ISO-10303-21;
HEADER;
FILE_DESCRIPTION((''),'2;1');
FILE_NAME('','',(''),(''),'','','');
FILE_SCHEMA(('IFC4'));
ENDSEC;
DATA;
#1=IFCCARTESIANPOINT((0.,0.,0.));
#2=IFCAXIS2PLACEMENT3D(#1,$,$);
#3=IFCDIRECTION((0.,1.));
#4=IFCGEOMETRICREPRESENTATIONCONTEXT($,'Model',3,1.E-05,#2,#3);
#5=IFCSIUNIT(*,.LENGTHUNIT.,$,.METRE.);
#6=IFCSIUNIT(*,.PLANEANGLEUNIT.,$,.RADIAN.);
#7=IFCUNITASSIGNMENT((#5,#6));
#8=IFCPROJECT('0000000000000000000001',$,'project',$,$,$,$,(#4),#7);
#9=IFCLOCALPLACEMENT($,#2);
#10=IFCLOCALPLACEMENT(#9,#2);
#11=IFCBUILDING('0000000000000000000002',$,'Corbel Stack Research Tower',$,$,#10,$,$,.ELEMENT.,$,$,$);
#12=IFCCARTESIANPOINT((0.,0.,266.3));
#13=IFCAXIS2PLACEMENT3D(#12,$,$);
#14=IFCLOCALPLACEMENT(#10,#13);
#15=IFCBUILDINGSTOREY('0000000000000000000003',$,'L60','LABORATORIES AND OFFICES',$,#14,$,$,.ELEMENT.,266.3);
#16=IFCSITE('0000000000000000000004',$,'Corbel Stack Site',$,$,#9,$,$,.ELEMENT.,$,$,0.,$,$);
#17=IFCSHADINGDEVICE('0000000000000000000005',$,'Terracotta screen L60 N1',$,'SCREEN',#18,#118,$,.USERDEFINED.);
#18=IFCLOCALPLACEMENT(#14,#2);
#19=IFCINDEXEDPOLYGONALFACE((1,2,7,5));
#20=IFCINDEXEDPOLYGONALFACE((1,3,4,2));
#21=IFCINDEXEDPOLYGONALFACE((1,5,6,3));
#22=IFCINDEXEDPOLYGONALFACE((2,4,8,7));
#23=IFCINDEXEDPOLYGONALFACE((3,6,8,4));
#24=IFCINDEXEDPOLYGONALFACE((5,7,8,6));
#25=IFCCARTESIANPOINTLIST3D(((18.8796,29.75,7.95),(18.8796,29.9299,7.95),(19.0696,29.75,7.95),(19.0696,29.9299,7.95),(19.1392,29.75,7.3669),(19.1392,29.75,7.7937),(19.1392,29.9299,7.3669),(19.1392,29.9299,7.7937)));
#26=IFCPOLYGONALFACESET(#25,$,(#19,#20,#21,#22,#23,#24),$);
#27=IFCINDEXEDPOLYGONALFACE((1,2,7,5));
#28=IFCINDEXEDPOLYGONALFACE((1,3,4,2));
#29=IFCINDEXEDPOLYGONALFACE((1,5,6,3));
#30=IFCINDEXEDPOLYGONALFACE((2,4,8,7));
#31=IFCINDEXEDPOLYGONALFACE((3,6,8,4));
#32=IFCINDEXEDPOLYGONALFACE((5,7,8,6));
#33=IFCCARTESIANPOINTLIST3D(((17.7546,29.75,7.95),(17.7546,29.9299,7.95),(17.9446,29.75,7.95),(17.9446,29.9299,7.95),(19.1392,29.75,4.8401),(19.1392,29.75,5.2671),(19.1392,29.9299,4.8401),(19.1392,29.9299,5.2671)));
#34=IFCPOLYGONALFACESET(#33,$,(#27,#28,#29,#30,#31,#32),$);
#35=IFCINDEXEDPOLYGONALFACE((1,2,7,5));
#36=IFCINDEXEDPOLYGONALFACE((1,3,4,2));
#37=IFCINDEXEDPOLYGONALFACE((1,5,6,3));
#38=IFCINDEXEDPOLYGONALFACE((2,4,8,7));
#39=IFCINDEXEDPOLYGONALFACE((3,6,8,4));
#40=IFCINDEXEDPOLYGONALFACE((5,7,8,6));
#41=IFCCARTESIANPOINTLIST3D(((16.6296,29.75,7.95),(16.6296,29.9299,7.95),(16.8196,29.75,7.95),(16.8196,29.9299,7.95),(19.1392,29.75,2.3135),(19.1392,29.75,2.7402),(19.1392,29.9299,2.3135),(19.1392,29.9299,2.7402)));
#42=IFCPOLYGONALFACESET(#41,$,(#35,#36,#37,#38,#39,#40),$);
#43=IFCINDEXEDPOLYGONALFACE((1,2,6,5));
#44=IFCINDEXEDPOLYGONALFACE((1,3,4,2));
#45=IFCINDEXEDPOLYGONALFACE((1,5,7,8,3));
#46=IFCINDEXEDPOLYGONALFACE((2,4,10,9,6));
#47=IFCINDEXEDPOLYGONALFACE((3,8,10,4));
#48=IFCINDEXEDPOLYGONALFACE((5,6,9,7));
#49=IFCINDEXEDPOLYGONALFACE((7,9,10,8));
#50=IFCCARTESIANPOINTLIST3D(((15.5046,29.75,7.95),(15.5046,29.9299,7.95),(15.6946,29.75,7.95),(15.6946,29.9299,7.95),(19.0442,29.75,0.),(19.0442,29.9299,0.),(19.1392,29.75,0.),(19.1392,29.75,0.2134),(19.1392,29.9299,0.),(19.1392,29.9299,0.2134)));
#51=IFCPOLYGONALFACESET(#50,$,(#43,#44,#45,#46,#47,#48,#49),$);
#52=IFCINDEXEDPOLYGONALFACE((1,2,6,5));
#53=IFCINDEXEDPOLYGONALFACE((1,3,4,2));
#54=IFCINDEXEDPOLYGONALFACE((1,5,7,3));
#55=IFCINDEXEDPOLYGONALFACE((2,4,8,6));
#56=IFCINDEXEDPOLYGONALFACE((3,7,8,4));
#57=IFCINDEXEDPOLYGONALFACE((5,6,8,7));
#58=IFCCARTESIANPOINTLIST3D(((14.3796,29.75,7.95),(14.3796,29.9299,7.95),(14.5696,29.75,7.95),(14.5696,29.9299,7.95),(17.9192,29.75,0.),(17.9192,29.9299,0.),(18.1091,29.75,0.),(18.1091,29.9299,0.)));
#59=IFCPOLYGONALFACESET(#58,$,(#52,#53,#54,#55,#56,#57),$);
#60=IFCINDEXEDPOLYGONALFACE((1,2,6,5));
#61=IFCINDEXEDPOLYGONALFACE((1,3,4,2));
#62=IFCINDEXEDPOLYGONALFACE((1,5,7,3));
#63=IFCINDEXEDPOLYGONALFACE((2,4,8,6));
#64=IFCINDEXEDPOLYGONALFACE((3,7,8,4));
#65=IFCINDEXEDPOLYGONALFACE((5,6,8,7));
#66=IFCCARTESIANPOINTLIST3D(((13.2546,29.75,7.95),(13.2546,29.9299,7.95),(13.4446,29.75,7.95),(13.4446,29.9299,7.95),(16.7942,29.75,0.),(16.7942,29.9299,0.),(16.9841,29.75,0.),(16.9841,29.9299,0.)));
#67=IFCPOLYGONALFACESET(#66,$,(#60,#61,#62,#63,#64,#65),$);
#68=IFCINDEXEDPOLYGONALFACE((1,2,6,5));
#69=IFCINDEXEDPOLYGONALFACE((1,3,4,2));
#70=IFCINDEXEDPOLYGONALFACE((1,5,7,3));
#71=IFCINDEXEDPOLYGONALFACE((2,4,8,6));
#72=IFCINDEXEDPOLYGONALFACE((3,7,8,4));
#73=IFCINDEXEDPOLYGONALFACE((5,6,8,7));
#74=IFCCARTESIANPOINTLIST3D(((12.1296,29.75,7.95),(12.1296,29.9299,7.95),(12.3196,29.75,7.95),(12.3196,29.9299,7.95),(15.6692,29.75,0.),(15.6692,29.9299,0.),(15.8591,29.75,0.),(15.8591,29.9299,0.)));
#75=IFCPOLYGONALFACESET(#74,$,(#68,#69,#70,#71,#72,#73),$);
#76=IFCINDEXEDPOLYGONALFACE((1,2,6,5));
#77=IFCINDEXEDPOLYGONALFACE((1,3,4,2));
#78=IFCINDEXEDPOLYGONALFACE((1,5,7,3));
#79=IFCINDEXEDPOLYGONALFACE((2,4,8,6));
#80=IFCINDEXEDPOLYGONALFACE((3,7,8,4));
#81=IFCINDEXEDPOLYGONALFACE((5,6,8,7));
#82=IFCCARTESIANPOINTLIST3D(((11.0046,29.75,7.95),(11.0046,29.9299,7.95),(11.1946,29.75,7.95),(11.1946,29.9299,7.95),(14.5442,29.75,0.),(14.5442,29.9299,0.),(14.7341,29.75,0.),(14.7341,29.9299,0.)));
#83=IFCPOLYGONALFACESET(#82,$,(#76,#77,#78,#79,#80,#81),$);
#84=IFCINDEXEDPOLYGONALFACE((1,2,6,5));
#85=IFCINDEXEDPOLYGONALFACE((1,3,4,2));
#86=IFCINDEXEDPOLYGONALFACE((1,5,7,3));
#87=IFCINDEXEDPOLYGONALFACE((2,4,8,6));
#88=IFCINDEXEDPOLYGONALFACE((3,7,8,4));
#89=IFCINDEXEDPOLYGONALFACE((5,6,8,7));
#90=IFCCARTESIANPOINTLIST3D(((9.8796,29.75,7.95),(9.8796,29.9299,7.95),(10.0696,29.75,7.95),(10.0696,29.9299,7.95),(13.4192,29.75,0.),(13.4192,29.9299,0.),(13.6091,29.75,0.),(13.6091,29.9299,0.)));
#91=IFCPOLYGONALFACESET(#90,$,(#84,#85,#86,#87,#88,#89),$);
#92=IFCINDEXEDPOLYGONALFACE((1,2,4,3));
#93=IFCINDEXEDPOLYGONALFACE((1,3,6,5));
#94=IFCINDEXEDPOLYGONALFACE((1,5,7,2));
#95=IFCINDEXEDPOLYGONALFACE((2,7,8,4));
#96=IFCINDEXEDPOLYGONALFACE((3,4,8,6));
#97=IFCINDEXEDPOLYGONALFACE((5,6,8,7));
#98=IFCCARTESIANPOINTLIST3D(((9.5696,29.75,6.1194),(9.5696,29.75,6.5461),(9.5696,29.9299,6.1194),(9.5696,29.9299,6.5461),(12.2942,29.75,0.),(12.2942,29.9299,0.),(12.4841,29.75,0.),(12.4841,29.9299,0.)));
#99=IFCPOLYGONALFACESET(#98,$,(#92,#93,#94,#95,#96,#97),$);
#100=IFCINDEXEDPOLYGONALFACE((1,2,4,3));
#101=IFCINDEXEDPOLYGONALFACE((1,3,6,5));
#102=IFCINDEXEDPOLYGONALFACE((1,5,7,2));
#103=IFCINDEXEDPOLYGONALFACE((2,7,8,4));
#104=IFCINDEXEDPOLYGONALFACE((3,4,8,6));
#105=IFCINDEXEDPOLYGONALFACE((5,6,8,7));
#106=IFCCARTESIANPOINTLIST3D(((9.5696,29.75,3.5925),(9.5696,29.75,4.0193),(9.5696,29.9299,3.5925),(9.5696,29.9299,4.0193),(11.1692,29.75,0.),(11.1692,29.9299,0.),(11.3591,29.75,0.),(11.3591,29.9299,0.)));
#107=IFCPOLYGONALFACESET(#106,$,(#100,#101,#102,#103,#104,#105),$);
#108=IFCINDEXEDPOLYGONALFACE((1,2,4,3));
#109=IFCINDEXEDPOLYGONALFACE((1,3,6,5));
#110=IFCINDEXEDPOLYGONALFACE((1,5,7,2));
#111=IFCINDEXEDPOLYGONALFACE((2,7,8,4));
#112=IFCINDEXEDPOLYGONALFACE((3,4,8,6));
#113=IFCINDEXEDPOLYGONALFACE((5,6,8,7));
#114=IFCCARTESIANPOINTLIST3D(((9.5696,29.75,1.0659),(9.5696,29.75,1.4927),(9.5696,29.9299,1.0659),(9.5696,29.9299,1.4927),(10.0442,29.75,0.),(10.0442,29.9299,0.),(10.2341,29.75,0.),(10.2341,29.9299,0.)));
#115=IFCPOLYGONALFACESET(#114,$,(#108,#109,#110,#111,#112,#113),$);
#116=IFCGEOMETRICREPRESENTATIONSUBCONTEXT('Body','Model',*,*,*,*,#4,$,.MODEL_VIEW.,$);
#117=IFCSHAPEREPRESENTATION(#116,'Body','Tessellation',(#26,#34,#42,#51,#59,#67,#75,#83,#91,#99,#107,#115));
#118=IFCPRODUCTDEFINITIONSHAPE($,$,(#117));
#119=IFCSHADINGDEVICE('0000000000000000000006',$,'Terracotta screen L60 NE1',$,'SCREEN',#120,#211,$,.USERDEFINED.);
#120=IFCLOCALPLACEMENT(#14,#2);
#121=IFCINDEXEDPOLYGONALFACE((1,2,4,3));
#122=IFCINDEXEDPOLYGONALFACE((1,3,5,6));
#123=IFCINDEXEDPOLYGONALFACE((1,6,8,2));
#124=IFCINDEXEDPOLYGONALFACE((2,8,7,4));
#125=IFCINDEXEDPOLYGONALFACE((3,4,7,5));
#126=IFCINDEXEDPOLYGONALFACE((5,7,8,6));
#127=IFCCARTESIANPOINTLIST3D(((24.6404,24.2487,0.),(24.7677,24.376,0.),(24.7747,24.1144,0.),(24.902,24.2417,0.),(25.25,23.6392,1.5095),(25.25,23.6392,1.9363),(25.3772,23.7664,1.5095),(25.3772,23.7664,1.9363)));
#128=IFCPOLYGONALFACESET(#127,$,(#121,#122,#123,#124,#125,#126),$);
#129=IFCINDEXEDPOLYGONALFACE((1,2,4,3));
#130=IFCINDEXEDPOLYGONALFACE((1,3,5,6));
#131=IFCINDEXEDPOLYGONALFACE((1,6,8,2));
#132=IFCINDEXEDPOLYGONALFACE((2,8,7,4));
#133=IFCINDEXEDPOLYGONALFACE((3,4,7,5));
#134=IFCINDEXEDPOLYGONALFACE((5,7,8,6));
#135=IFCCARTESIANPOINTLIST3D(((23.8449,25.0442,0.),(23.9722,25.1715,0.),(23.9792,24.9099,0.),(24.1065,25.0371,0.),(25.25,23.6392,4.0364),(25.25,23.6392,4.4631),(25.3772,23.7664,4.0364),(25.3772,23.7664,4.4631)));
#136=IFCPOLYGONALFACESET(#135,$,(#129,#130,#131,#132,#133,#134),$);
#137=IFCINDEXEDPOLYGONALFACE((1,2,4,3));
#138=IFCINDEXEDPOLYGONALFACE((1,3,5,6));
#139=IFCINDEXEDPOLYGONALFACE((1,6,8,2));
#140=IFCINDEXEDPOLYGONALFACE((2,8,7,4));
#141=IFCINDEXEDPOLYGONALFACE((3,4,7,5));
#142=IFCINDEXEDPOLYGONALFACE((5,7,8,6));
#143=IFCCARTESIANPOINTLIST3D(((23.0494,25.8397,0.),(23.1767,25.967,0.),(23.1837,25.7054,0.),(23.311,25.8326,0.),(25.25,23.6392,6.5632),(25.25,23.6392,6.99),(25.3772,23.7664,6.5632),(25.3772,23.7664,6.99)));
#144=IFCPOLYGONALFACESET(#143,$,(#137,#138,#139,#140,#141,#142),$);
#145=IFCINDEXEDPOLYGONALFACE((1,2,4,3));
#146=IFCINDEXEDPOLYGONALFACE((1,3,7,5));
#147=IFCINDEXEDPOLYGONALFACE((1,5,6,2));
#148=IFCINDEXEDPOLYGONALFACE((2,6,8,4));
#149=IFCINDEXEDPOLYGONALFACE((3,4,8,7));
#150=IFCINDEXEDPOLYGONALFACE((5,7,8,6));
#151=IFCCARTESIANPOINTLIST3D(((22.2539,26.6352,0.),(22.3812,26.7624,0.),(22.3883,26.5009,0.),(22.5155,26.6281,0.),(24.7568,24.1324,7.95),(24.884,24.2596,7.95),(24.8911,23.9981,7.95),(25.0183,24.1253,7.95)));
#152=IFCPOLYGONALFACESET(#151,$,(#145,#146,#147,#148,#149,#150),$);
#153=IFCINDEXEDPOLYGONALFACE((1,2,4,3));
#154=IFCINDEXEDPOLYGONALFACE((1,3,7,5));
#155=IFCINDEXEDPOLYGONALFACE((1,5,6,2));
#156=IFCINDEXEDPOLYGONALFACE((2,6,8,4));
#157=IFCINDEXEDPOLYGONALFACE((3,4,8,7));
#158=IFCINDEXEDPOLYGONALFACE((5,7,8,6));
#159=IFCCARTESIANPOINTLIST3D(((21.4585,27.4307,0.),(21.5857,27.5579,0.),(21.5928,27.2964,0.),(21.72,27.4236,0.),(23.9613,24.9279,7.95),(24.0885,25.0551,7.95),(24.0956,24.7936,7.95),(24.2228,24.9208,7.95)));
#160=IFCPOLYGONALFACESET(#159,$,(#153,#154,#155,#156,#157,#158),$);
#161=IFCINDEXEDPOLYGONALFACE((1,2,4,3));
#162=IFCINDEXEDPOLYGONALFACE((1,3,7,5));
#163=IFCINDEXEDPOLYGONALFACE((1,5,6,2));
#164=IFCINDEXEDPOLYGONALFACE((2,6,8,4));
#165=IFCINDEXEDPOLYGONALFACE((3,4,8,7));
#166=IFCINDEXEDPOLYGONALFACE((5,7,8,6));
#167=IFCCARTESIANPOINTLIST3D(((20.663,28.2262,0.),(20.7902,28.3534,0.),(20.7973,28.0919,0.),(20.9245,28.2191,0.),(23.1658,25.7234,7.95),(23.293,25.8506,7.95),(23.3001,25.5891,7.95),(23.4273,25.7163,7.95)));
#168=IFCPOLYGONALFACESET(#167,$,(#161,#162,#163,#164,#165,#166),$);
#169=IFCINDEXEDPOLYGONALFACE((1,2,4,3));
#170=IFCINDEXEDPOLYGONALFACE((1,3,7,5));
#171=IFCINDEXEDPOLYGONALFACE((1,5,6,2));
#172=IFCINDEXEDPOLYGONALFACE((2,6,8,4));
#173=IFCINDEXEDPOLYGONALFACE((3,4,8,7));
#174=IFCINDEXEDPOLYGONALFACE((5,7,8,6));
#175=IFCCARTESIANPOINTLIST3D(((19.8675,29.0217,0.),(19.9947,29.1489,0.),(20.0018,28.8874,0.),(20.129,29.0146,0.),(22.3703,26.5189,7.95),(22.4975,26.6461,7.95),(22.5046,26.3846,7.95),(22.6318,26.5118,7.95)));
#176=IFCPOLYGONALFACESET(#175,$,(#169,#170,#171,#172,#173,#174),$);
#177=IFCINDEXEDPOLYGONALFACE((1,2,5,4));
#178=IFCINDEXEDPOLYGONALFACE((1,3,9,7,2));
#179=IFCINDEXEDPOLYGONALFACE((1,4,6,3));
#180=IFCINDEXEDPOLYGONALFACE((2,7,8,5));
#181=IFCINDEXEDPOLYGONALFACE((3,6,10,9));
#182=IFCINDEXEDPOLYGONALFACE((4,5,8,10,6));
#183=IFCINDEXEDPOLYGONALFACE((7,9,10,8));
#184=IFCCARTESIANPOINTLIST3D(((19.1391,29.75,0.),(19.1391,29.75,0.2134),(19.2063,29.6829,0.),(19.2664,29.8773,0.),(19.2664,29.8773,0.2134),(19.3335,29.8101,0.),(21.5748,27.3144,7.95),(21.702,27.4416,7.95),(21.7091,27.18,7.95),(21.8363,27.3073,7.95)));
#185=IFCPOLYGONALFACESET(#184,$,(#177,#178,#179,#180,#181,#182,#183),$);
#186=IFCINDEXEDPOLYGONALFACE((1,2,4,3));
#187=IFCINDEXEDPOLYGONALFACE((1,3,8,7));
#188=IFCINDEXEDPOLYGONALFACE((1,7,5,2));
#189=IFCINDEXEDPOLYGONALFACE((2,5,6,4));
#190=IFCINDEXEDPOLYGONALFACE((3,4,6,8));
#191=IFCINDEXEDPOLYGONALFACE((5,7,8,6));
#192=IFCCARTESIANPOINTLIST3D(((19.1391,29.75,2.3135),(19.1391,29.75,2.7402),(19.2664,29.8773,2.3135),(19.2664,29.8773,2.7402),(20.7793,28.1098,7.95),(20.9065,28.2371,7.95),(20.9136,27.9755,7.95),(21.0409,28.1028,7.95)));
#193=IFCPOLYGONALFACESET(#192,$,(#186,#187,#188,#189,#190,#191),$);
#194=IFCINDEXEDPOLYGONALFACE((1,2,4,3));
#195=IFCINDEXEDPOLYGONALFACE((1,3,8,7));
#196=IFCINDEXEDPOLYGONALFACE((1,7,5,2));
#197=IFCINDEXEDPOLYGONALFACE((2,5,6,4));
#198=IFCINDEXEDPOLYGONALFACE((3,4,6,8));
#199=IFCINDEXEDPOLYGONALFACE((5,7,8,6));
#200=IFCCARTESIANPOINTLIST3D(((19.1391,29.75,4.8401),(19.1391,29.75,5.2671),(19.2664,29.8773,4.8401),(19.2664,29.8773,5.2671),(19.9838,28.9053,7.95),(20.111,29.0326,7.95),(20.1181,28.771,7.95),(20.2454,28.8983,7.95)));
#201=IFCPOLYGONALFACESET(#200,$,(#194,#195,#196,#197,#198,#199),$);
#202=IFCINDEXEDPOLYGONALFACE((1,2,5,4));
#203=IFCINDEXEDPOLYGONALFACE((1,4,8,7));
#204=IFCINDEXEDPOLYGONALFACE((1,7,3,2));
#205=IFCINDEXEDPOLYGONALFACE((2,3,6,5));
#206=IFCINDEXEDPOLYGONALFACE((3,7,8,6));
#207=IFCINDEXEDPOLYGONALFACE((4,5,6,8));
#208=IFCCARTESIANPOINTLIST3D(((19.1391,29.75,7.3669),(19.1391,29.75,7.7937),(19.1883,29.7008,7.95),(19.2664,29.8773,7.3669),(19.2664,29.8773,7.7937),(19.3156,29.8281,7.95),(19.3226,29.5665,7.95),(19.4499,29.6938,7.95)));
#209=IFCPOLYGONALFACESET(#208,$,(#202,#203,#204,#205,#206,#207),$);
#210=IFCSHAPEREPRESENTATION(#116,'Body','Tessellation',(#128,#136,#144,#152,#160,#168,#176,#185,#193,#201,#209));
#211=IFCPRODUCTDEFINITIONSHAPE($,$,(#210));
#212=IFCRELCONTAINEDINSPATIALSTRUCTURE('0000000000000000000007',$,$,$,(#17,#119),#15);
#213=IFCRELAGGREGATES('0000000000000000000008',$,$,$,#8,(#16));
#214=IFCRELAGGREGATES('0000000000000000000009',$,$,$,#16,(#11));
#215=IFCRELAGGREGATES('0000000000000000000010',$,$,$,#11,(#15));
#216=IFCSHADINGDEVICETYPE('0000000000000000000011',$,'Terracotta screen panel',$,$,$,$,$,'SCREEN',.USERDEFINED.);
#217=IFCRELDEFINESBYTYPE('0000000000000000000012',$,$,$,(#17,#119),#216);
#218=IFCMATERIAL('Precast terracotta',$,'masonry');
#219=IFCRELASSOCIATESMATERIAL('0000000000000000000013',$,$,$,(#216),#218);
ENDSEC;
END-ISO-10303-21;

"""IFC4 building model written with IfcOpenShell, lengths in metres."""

from ifc_helpers import new_model, si_unit, direction, frame, origin, place, context, subcontext, project, spatial, polyline, outline, extrude, source, transform, mapped, material, type_object, element, save


model = new_model("IFC4")

# Units and contexts
model_context = context("Model", 3, precision=1e-05, world=origin(), true_north=direction((0.0, 1.0)))
body_context = subcontext(model_context, "Body", "Model", "MODEL_VIEW")
ifc_project = project(units=[si_unit("LENGTHUNIT", "METRE"), si_unit("PLANEANGLEUNIT", "RADIAN")], contexts=[model_context])

# Site, building, storey
site_placement = place(None, origin())
site = spatial("IfcSite", under=ifc_project, at=site_placement, Name="Corbel Stack Site", CompositionType="ELEMENT", RefElevation=0.0)
building_placement = place(site_placement, origin())
building = spatial("IfcBuilding", under=site, at=building_placement, Name="Corbel Stack Research Tower", CompositionType="ELEMENT")
storey_placement = place(building_placement, frame((0.0, 0.0, 266.3)))
storey = spatial("IfcBuildingStorey", under=building, at=storey_placement, Name="L60", Description="LABORATORIES AND OFFICES", CompositionType="ELEMENT", Elevation=266.3)

# Shading devices
ifc_material_1 = material(Name="Precast terracotta", Category="masonry")
shading_device_type = type_object("IfcShadingDeviceType", Name="Terracotta screen panel", ElementType="SCREEN", PredefinedType="USERDEFINED", material=ifc_material_1)
shared_shape_1 = source(origin(), body_context, "Body", "SweptSolid", [
    extrude(outline(polyline([(0.2595, 7.95), (0.0696, 7.95), (0.0, 7.7937), (0.0, 7.3669), (0.2595, 7.95)])), frame((0.0, 0.0, 0.0), z_axis=(0.0, -1.0, 0.0), x_axis=(1.0, 0.0, 0.0)), (0.0, 0.0, 1.0), 0.1799),
    extrude(outline(polyline([(1.3845, 7.95), (1.1946, 7.95), (0.0, 5.2671), (0.0, 4.8401), (1.3845, 7.95)])), frame((0.0, 0.0, 0.0), z_axis=(0.0, -1.0, 0.0), x_axis=(1.0, 0.0, 0.0)), (0.0, 0.0, 1.0), 0.1799),
    extrude(outline(polyline([(2.5095, 7.95), (2.3196, 7.95), (0.0, 2.7402), (0.0, 2.3135), (2.5095, 7.95)])), frame((0.0, 0.0, 0.0), z_axis=(0.0, -1.0, 0.0), x_axis=(1.0, 0.0, 0.0)), (0.0, 0.0, 1.0), 0.1799),
    extrude(outline(polyline([(0.095, 0.0), (3.6345, 7.95), (3.4446, 7.95), (0.0, 0.2134), (0.0, 0.0), (0.095, 0.0)])), frame((0.0, 0.0, 0.0), z_axis=(0.0, -1.0, 0.0), x_axis=(1.0, 0.0, 0.0)), (0.0, 0.0, 1.0), 0.1799),
    extrude(outline(polyline([(1.22, 0.0), (4.7595, 7.95), (4.5696, 7.95), (1.03, 0.0), (1.22, 0.0)])), frame((0.0, 0.0, 0.0), z_axis=(0.0, -1.0, 0.0), x_axis=(1.0, 0.0, 0.0)), (0.0, 0.0, 1.0), 0.1799),
    extrude(outline(polyline([(2.345, 0.0), (5.8845, 7.95), (5.6946, 7.95), (2.155, 0.0), (2.345, 0.0)])), frame((0.0, 0.0, 0.0), z_axis=(0.0, -1.0, 0.0), x_axis=(1.0, 0.0, 0.0)), (0.0, 0.0, 1.0), 0.1799),
    extrude(outline(polyline([(3.47, 0.0), (7.0095, 7.95), (6.8196, 7.95), (3.28, 0.0), (3.47, 0.0)])), frame((0.0, 0.0, 0.0), z_axis=(0.0, -1.0, 0.0), x_axis=(1.0, 0.0, 0.0)), (0.0, 0.0, 1.0), 0.1799),
    extrude(outline(polyline([(4.595, 0.0), (8.1345, 7.95), (7.9446, 7.95), (4.405, 0.0), (4.595, 0.0)])), frame((0.0, 0.0, 0.0), z_axis=(0.0, -1.0, 0.0), x_axis=(1.0, 0.0, 0.0)), (0.0, 0.0, 1.0), 0.1799),
    extrude(outline(polyline([(5.72, 0.0), (9.2595, 7.95), (9.0696, 7.95), (5.53, 0.0), (5.72, 0.0)])), frame((0.0, 0.0, 0.0), z_axis=(0.0, -1.0, 0.0), x_axis=(1.0, 0.0, 0.0)), (0.0, 0.0, 1.0), 0.1799),
    extrude(outline(polyline([(6.845, 0.0), (9.5696, 6.1194), (9.5696, 6.5461), (6.655, 0.0), (6.845, 0.0)])), frame((0.0, 0.0, 0.0), z_axis=(0.0, -1.0, 0.0), x_axis=(1.0, 0.0, 0.0)), (0.0, 0.0, 1.0), 0.1799),
    extrude(outline(polyline([(7.97, 0.0), (9.5696, 3.5925), (9.5696, 4.0193), (7.78, 0.0), (7.97, 0.0)])), frame((0.0, 0.0, 0.0), z_axis=(0.0, -1.0, 0.0), x_axis=(1.0, 0.0, 0.0)), (0.0, 0.0, 1.0), 0.1799),
    extrude(outline(polyline([(9.095, 0.0), (9.5696, 1.0659), (9.5696, 1.4927), (8.905, 0.0), (9.095, 0.0)])), frame((0.0, 0.0, 0.0), z_axis=(0.0, -1.0, 0.0), x_axis=(1.0, 0.0, 0.0)), (0.0, 0.0, 1.0), 0.1799),
])
shading_device_1_placement = place(storey_placement, frame((19.1392, 29.75, 0.0), z_axis=(0.0, 0.0, 1.0), x_axis=(-1.0, 0.0, 0.0)))
element("IfcShadingDevice", 1, at=shading_device_1_placement, inside=storey, type_object=shading_device_type, Name="Terracotta screen L60 N1", ObjectType="SCREEN", PredefinedType="USERDEFINED", context=body_context, shape_type="MappedRepresentation", body=[
    mapped(shared_shape_1, transform((0.0, 0.0, 0.0))),
])
shared_shape_2 = source(origin(), body_context, "Body", "SweptSolid", [
    extrude(outline(polyline([(0.8621, 0.0), (0.0, 1.9363), (0.0, 1.5095), (0.6721, 0.0), (0.8621, 0.0)])), frame((0.0, 0.0, 0.0), z_axis=(0.0, -1.0, 0.0), x_axis=(1.0, 0.0, 0.0)), (0.0, 0.0, 1.0), 0.1799),
    extrude(outline(polyline([(1.9871, 0.0), (0.0, 4.4631), (0.0, 4.0364), (1.7971, 0.0), (1.9871, 0.0)])), frame((0.0, 0.0, 0.0), z_axis=(0.0, -1.0, 0.0), x_axis=(1.0, 0.0, 0.0)), (0.0, 0.0, 1.0), 0.1799),
    extrude(outline(polyline([(3.1121, 0.0), (0.0, 6.99), (0.0, 6.5632), (2.9221, 0.0), (3.1121, 0.0)])), frame((0.0, 0.0, 0.0), z_axis=(0.0, -1.0, 0.0), x_axis=(1.0, 0.0, 0.0)), (0.0, 0.0, 1.0), 0.1799),
    extrude(outline(polyline([(4.2371, 0.0), (0.6975, 7.95), (0.5076, 7.95), (4.0471, 0.0), (4.2371, 0.0)])), frame((0.0, 0.0, 0.0), z_axis=(0.0, -1.0, 0.0), x_axis=(1.0, 0.0, 0.0)), (0.0, 0.0, 1.0), 0.1799),
    extrude(outline(polyline([(5.3621, 0.0), (1.8225, 7.95), (1.6326, 7.95), (5.1721, 0.0), (5.3621, 0.0)])), frame((0.0, 0.0, 0.0), z_axis=(0.0, -1.0, 0.0), x_axis=(1.0, 0.0, 0.0)), (0.0, 0.0, 1.0), 0.1799),
    extrude(outline(polyline([(6.4871, 0.0), (2.9475, 7.95), (2.7576, 7.95), (6.2971, 0.0), (6.4871, 0.0)])), frame((0.0, 0.0, 0.0), z_axis=(0.0, -1.0, 0.0), x_axis=(1.0, 0.0, 0.0)), (0.0, 0.0, 1.0), 0.1799),
    extrude(outline(polyline([(7.6121, 0.0), (4.0725, 7.95), (3.8826, 7.95), (7.4221, 0.0), (7.6121, 0.0)])), frame((0.0, 0.0, 0.0), z_axis=(0.0, -1.0, 0.0), x_axis=(1.0, 0.0, 0.0)), (0.0, 0.0, 1.0), 0.1799),
    extrude(outline(polyline([(8.6421, 0.0), (8.6421, 0.2134), (5.1975, 7.95), (5.0076, 7.95), (8.5471, 0.0), (8.6421, 0.0)])), frame((0.0, 0.0, 0.0), z_axis=(0.0, -1.0, 0.0), x_axis=(1.0, 0.0, 0.0)), (0.0, 0.0, 1.0), 0.1799),
    extrude(outline(polyline([(6.3225, 7.95), (6.1326, 7.95), (8.6421, 2.3135), (8.6421, 2.7402), (6.3225, 7.95)])), frame((0.0, 0.0, 0.0), z_axis=(0.0, -1.0, 0.0), x_axis=(1.0, 0.0, 0.0)), (0.0, 0.0, 1.0), 0.1799),
    extrude(outline(polyline([(7.4475, 7.95), (7.2576, 7.95), (8.6421, 4.8401), (8.6421, 5.2671), (7.4475, 7.95)])), frame((0.0, 0.0, 0.0), z_axis=(0.0, -1.0, 0.0), x_axis=(1.0, 0.0, 0.0)), (0.0, 0.0, 1.0), 0.1799),
    extrude(outline(polyline([(8.5725, 7.95), (8.3826, 7.95), (8.6421, 7.3669), (8.6421, 7.7937), (8.5725, 7.95)])), frame((0.0, 0.0, 0.0), z_axis=(0.0, -1.0, 0.0), x_axis=(1.0, 0.0, 0.0)), (0.0, 0.0, 1.0), 0.1799),
])
shading_device_2_placement = place(storey_placement, frame((25.25, 23.6392, 0.0), z_axis=(0.0, 0.0, 1.0), x_axis=(-0.707107, 0.707107, 0.0)))
element("IfcShadingDevice", 2, at=shading_device_2_placement, inside=storey, type_object=shading_device_type, Name="Terracotta screen L60 NE1", ObjectType="SCREEN", PredefinedType="USERDEFINED", context=body_context, shape_type="MappedRepresentation", body=[
    mapped(shared_shape_2, transform((0.0, 0.0, 0.0))),
])

save(model, "model.ifc")
